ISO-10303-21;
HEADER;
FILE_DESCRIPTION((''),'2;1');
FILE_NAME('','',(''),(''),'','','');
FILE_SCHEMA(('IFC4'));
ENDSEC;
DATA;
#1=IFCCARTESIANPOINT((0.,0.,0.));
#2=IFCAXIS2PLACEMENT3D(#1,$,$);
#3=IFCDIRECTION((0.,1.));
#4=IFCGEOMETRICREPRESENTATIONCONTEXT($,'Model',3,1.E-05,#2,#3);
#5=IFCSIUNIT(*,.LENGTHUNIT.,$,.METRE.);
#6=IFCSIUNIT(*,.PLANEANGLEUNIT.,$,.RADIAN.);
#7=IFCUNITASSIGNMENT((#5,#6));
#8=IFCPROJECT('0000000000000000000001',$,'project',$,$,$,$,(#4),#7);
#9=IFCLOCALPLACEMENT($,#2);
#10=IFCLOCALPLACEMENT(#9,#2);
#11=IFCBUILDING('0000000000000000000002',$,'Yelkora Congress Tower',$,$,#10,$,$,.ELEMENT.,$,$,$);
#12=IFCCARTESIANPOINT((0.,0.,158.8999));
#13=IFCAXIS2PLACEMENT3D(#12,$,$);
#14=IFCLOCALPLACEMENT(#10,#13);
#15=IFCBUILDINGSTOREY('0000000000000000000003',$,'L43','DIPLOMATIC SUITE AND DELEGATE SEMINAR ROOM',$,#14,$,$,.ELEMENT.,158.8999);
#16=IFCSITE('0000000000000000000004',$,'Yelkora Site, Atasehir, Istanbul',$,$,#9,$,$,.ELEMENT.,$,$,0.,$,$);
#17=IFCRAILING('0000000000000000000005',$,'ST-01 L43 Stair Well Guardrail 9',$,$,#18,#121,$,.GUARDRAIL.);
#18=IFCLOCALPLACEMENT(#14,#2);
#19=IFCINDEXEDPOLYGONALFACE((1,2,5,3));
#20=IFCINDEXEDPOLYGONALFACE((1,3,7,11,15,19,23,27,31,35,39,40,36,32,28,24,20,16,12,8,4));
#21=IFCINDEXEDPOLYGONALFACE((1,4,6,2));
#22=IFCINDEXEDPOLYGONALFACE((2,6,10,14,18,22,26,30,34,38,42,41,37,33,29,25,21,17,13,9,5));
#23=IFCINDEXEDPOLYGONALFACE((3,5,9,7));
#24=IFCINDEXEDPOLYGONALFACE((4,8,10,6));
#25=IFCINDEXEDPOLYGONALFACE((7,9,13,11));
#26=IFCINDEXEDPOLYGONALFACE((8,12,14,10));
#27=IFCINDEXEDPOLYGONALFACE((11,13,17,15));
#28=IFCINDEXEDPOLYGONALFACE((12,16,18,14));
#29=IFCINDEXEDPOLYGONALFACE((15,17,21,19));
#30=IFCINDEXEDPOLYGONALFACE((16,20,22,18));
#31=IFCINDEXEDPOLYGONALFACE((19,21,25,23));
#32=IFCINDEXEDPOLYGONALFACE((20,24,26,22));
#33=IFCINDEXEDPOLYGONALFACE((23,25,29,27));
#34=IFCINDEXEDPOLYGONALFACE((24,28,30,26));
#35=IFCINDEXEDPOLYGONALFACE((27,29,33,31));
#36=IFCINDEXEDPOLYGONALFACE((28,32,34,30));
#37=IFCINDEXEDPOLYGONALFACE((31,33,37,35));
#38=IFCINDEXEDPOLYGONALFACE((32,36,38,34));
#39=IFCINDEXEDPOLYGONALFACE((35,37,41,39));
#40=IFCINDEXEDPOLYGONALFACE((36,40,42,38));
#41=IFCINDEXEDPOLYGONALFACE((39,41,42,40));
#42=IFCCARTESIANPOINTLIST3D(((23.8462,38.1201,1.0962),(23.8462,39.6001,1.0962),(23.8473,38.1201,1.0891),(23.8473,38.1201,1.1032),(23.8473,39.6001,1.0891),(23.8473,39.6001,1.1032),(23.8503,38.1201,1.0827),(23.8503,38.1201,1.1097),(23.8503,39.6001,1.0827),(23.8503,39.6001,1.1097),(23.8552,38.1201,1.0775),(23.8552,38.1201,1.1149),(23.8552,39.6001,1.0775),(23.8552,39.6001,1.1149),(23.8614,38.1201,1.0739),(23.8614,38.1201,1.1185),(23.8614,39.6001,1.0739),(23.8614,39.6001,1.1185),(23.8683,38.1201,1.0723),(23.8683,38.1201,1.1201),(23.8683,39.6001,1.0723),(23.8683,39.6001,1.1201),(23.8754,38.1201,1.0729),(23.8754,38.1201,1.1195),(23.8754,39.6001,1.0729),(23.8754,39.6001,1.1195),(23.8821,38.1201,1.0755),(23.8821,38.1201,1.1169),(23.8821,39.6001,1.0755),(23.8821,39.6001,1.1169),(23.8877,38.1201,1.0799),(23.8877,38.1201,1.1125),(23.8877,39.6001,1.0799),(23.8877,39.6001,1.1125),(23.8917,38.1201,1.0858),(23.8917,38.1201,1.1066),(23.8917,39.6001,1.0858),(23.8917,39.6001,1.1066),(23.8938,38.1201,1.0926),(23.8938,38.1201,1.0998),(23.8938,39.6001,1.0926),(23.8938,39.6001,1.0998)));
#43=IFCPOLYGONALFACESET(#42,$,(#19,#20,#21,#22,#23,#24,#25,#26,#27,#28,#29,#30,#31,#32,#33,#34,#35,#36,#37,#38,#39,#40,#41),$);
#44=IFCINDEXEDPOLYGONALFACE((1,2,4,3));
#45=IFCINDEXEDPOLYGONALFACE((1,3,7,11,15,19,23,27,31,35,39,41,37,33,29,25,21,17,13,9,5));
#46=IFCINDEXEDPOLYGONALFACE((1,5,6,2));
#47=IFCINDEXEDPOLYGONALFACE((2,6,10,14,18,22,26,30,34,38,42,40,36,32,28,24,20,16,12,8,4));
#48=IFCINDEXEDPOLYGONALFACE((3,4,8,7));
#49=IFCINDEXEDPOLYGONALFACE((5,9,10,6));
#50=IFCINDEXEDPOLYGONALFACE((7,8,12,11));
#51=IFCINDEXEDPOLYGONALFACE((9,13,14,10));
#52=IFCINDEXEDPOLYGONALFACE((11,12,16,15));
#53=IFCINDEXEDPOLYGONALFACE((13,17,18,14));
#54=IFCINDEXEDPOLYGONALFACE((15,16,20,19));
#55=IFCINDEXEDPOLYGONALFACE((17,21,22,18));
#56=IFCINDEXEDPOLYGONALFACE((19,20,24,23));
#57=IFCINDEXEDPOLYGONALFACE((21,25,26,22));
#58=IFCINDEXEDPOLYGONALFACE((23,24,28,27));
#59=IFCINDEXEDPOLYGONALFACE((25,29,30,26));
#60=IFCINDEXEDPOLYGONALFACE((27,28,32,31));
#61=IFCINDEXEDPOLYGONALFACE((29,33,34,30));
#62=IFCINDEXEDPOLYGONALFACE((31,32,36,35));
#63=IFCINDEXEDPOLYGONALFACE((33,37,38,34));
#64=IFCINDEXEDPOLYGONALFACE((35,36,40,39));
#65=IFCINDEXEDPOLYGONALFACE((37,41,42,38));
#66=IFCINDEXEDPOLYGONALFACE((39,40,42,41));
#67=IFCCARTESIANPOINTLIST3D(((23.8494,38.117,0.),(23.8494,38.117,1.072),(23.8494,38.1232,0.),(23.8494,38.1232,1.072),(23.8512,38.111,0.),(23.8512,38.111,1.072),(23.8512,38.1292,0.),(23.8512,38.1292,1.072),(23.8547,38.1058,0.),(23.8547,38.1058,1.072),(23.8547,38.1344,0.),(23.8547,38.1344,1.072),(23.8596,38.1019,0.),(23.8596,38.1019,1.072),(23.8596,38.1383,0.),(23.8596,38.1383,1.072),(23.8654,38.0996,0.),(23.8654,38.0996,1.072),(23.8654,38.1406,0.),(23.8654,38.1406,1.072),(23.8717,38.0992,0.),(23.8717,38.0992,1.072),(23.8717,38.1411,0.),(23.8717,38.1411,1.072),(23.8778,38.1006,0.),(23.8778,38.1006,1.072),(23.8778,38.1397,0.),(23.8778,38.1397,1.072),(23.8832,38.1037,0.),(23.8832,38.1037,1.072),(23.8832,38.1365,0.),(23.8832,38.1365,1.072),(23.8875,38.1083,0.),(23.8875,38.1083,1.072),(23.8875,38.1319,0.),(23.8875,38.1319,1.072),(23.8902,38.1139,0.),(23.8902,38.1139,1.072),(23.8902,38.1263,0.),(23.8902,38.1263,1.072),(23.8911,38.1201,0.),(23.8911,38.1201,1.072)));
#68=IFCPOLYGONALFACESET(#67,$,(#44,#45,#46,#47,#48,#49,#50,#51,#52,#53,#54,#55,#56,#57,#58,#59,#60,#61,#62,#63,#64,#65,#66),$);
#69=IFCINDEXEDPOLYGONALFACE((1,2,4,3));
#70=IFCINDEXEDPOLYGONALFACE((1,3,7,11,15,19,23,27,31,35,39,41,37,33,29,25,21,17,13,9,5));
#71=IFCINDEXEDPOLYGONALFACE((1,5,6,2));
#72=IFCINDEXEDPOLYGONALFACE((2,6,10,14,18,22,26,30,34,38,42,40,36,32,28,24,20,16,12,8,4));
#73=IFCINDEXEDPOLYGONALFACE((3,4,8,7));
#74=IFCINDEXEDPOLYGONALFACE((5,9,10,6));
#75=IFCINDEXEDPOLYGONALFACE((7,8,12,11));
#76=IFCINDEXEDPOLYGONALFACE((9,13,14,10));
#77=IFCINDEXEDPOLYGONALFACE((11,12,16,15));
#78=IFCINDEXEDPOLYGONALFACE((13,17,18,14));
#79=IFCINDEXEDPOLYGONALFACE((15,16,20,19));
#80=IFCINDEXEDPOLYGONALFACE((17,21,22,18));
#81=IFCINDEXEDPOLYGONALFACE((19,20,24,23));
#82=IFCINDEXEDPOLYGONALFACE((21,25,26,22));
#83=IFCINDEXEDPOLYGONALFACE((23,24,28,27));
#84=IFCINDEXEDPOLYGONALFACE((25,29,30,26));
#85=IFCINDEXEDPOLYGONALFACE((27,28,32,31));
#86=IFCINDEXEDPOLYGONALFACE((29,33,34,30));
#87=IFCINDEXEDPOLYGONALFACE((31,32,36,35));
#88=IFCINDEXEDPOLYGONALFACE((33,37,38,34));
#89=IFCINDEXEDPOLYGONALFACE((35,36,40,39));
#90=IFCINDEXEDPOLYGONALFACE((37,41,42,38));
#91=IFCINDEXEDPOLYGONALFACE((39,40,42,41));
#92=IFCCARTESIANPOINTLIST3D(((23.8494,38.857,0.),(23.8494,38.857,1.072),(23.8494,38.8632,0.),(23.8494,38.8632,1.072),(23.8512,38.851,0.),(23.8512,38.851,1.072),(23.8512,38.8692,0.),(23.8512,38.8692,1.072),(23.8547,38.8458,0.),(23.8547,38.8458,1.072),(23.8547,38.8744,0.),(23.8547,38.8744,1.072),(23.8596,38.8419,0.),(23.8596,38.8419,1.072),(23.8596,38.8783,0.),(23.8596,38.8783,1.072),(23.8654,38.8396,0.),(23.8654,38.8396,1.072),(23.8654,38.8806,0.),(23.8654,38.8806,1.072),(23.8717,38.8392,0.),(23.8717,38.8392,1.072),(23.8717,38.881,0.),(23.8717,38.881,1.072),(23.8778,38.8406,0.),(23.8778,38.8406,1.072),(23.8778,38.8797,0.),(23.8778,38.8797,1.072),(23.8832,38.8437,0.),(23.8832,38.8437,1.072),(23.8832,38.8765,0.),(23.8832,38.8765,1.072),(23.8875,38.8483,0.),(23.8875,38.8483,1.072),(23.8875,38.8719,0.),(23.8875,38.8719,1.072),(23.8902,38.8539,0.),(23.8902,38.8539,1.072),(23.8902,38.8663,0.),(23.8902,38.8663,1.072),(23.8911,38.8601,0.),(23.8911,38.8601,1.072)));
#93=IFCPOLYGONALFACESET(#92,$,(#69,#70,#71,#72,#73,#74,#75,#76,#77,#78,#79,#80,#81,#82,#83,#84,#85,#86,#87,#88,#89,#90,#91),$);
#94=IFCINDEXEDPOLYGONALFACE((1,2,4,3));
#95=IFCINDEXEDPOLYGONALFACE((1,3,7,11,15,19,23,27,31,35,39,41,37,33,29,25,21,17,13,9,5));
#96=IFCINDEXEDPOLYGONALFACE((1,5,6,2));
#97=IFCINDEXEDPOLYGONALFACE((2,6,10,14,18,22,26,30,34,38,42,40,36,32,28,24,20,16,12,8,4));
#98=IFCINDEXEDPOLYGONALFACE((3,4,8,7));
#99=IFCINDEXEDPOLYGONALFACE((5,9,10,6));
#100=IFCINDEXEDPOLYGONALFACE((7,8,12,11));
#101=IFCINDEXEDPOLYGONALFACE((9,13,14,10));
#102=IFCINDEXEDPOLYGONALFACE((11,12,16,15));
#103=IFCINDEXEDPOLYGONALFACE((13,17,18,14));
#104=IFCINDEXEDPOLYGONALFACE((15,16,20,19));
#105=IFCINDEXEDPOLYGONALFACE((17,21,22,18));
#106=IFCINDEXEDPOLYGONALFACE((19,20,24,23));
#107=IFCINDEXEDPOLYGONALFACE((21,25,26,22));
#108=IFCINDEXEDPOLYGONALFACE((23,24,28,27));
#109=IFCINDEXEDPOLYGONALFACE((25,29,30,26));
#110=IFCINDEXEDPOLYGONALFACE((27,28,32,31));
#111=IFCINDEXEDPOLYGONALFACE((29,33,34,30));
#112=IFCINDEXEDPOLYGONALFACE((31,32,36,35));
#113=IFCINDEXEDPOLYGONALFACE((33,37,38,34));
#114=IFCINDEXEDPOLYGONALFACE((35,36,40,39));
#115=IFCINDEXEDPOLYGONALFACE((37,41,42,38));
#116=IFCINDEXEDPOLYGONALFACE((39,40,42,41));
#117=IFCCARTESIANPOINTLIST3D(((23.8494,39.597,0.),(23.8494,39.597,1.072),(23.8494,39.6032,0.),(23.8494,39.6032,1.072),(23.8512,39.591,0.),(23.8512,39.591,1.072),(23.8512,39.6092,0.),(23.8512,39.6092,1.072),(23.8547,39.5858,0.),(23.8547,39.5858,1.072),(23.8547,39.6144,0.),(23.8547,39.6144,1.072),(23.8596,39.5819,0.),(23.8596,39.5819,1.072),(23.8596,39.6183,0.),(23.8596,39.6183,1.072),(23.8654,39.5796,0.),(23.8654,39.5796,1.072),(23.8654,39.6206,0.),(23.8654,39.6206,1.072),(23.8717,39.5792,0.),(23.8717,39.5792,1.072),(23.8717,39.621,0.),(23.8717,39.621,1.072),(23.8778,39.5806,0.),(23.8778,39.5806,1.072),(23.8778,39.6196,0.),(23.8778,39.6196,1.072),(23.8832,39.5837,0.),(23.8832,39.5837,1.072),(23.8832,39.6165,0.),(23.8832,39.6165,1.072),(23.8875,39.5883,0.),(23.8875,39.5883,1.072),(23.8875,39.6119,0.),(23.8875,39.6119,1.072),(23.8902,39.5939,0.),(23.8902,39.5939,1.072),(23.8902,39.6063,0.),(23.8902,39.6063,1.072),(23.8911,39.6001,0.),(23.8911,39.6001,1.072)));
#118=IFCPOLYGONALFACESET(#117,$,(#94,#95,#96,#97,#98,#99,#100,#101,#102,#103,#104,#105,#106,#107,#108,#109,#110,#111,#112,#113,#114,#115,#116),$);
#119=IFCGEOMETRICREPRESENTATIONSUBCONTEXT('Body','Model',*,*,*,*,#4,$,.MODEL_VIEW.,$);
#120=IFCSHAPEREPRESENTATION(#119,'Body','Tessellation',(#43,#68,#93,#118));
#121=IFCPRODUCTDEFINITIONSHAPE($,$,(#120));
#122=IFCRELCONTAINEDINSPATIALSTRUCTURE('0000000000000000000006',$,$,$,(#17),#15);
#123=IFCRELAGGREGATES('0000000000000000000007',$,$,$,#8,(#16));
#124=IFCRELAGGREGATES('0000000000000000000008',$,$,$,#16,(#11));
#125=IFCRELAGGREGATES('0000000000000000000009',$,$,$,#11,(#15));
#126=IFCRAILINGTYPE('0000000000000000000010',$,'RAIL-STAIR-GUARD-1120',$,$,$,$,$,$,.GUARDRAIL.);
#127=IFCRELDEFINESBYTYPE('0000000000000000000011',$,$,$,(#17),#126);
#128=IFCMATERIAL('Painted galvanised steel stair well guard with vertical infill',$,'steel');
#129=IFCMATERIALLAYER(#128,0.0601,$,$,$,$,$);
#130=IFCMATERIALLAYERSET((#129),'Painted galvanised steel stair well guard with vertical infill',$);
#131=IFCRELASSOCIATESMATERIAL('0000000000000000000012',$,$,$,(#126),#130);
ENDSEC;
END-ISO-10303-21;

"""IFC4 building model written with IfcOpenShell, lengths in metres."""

from ifc_helpers import new_model, si_unit, direction, frame, origin, origin_2d, place, context, subcontext, project, spatial, circle, extrude, material, layer, layer_set, type_object, element, save


model = new_model("IFC4")

# Units and contexts
model_context = context("Model", 3, precision=1e-05, world=origin(), true_north=direction((0.0, 1.0)))
body_context = subcontext(model_context, "Body", "Model", "MODEL_VIEW")
ifc_project = project(units=[si_unit("LENGTHUNIT", "METRE"), si_unit("PLANEANGLEUNIT", "RADIAN")], contexts=[model_context])

# Site, building, storey
site_placement = place(None, origin())
site = spatial("IfcSite", under=ifc_project, at=site_placement, Name="Yelkora Site, Atasehir, Istanbul", CompositionType="ELEMENT", RefElevation=0.0)
building_placement = place(site_placement, origin())
building = spatial("IfcBuilding", under=site, at=building_placement, Name="Yelkora Congress Tower", CompositionType="ELEMENT")
storey_placement = place(building_placement, frame((0.0, 0.0, 158.8999)))
storey = spatial("IfcBuildingStorey", under=building, at=storey_placement, Name="L43", Description="DIPLOMATIC SUITE AND DELEGATE SEMINAR ROOM", CompositionType="ELEMENT", Elevation=158.8999)

# Railing
ifc_material_1 = material(Name="Painted galvanised steel stair well guard with vertical infill", Category="steel")
ifc_layer_1 = layer(ifc_material_1, 0.0601)
ifc_layer_set_1 = layer_set([ifc_layer_1], Name="Painted galvanised steel stair well guard with vertical infill")
railing_type_1 = type_object("IfcRailingType", Name="RAIL-STAIR-GUARD-1120", PredefinedType="GUARDRAIL", material=ifc_layer_set_1)
for number, where, name in (
    (1, (23.8701, 38.1201, 0.0), "ST-01 L43 Stair Well Guardrail 9"),
):
    element("IfcRailing", number, at=place(storey_placement, frame(where)), inside=storey, type_object=railing_type_1, Name=name, PredefinedType="GUARDRAIL", context=body_context, shape_type="SweptSolid", body=[
        extrude(circle(Radius=0.0239, at=origin_2d()), frame((0.0, 0.0, 1.0962), z_axis=(0.0, 1.0, 0.0), x_axis=(-1.0, 0.0, 0.0)), (0.0, 0.0, 1.0), 1.48),
        extrude(circle(Radius=0.021, at=origin_2d()), origin(), (0.0, 0.0, 1.0), 1.072),
        extrude(circle(Radius=0.021, at=origin_2d()), frame((0.0, 0.74, 0.0)), (0.0, 0.0, 1.0), 1.072),
        extrude(circle(Radius=0.021, at=origin_2d()), frame((0.0, 1.48, 0.0)), (0.0, 0.0, 1.0), 1.072),
    ])

save(model, "model.ifc")
